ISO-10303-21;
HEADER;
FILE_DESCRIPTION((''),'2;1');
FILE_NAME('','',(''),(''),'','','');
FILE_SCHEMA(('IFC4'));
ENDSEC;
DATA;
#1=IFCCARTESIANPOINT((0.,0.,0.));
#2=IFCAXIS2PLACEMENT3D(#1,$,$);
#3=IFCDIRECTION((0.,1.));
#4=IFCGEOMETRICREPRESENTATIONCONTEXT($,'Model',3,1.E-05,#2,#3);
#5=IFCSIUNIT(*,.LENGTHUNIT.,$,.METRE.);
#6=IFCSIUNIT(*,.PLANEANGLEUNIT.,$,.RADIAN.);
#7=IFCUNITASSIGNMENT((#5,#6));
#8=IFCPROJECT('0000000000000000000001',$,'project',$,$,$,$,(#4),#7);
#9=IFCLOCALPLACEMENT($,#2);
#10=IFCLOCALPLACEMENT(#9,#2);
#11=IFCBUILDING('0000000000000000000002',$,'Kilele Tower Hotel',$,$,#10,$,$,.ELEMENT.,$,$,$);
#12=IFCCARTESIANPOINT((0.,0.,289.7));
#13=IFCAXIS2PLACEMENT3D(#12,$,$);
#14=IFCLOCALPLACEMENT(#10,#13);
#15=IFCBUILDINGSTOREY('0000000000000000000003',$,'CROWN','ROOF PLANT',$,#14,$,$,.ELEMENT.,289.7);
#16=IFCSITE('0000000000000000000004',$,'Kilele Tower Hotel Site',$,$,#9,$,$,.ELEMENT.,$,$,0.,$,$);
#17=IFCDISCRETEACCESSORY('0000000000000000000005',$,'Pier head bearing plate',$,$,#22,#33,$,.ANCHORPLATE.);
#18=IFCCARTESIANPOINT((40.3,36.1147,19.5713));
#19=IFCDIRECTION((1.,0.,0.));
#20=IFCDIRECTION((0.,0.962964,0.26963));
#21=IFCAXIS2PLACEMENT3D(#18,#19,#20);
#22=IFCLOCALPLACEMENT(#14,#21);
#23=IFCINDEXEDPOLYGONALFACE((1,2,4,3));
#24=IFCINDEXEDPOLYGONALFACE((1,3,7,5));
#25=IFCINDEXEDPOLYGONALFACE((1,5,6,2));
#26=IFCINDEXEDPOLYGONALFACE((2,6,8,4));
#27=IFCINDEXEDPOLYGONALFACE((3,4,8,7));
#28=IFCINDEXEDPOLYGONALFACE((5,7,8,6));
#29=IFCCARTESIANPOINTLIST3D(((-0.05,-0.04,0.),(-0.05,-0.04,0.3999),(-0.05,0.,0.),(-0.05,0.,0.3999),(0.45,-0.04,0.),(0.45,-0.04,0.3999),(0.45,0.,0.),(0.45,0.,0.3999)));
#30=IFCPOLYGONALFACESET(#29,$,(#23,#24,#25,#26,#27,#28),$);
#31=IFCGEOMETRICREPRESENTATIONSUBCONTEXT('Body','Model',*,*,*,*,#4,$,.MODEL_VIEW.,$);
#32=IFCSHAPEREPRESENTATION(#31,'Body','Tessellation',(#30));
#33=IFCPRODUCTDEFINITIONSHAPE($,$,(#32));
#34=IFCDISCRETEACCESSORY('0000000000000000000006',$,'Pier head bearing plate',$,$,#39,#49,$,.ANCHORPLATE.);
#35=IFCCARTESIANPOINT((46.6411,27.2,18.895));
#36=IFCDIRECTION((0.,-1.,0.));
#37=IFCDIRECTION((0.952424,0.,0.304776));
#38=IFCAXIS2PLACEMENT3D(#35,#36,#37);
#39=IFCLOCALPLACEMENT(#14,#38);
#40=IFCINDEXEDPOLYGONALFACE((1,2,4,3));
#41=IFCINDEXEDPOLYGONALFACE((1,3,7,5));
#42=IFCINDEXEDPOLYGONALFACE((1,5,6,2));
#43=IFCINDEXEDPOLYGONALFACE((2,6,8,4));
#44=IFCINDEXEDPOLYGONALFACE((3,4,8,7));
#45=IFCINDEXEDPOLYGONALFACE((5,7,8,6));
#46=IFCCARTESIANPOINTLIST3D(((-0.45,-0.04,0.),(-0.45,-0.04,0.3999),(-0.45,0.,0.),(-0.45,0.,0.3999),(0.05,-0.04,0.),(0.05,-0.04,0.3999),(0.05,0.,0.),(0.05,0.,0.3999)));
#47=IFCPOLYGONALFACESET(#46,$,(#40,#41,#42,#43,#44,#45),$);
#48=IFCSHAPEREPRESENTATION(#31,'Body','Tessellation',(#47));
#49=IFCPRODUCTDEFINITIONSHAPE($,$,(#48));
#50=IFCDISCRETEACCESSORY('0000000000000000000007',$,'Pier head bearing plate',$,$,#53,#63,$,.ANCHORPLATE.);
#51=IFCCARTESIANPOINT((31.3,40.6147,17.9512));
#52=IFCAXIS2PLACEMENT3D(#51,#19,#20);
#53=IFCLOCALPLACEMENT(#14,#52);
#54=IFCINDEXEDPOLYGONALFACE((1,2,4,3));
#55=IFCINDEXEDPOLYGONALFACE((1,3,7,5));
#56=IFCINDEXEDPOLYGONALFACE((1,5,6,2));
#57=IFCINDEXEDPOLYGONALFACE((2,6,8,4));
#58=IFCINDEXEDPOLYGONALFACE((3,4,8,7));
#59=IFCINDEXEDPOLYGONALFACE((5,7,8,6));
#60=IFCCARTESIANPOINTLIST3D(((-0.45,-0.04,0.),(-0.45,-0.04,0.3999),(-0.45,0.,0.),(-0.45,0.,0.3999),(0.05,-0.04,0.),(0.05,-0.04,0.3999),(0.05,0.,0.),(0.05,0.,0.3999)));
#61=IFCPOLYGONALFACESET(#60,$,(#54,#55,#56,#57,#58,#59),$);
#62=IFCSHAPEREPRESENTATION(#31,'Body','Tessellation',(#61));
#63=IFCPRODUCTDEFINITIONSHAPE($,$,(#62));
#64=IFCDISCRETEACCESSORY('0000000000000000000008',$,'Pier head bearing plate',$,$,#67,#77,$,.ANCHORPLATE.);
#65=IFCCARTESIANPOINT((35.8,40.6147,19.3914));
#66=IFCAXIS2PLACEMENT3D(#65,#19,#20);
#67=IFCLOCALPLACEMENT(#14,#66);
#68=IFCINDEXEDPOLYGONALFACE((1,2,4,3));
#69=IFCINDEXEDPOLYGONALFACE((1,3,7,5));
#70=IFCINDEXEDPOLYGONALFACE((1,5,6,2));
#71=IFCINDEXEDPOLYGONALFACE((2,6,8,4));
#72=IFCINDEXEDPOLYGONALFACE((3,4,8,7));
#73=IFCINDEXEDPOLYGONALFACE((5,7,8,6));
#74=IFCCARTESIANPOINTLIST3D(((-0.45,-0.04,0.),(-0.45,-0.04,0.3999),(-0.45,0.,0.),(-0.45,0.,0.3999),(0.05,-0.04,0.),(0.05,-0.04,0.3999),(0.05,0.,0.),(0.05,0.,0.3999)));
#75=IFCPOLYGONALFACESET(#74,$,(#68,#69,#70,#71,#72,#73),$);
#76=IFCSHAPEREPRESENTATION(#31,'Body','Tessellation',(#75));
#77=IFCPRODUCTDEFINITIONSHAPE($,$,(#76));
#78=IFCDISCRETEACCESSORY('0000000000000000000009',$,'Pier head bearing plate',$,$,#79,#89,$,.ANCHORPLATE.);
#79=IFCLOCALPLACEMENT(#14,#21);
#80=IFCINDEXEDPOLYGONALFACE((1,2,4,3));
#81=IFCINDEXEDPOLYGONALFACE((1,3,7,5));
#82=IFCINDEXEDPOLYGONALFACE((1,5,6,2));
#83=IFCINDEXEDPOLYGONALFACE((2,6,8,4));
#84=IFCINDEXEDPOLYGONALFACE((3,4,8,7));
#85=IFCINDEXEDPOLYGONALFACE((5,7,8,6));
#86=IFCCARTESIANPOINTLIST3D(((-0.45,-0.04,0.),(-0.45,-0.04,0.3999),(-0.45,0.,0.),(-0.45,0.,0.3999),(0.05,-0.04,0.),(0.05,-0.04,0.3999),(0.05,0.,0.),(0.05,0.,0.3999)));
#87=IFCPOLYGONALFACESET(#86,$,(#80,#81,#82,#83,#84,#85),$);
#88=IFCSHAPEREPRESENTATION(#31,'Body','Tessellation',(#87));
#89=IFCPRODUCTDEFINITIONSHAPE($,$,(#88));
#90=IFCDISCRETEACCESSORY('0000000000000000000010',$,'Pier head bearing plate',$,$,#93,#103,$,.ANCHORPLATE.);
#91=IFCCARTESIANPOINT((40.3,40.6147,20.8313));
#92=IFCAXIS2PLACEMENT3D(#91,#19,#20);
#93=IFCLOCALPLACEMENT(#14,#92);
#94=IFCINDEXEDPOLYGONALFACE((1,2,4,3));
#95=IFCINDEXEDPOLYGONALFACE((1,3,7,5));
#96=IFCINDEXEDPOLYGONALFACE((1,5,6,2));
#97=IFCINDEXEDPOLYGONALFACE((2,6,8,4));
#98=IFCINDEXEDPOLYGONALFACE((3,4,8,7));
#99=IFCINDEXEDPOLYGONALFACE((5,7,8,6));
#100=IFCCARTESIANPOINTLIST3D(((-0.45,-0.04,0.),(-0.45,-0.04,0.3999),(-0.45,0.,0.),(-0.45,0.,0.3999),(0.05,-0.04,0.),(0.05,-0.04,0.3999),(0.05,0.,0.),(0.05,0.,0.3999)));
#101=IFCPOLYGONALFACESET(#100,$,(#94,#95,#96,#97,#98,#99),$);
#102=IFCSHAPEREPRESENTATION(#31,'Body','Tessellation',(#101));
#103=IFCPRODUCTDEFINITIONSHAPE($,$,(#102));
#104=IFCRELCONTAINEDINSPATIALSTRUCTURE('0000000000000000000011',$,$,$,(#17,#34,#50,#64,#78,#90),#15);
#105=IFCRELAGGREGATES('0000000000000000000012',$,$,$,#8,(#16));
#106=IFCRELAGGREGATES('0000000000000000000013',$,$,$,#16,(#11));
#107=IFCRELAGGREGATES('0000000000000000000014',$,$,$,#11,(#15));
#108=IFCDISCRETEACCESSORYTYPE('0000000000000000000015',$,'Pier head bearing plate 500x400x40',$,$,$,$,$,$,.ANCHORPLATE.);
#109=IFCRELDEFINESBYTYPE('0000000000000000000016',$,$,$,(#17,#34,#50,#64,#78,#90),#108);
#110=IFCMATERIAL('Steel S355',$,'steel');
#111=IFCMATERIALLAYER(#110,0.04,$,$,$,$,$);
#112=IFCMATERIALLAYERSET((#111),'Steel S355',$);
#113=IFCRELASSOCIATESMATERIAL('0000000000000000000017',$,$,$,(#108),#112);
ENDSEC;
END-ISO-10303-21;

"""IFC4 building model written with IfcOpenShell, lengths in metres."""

from ifc_helpers import new_model, si_unit, direction, frame, origin, place, context, subcontext, project, spatial, polyline, outline, extrude, source, transform, mapped, material, layer, layer_set, type_object, element, save


model = new_model("IFC4")

# Units and contexts
model_context = context("Model", 3, precision=1e-05, world=origin(), true_north=direction((0.0, 1.0)))
body_context = subcontext(model_context, "Body", "Model", "MODEL_VIEW")
ifc_project = project(units=[si_unit("LENGTHUNIT", "METRE"), si_unit("PLANEANGLEUNIT", "RADIAN")], contexts=[model_context])

# Site, building, storey
site_placement = place(None, origin())
site = spatial("IfcSite", under=ifc_project, at=site_placement, Name="Kilele Tower Hotel Site", CompositionType="ELEMENT", RefElevation=0.0)
building_placement = place(site_placement, origin())
building = spatial("IfcBuilding", under=site, at=building_placement, Name="Kilele Tower Hotel", CompositionType="ELEMENT")
storey_placement = place(building_placement, frame((0.0, 0.0, 289.7)))
storey = spatial("IfcBuildingStorey", under=building, at=storey_placement, Name="CROWN", Description="ROOF PLANT", CompositionType="ELEMENT", Elevation=289.7)

# Discrete accessories
ifc_material_1 = material(Name="Steel S355", Category="steel")
ifc_layer = layer(ifc_material_1, 0.04)
ifc_layer_set = layer_set([ifc_layer], Name="Steel S355")
discrete_accessory_type = type_object("IfcDiscreteAccessoryType", Name="Pier head bearing plate 500x400x40", PredefinedType="ANCHORPLATE", material=ifc_layer_set)
shared_shape_1 = source(origin(), body_context, "Body", "SweptSolid", [
    extrude(outline(polyline([(-0.05, -0.04), (0.45, -0.04), (0.45, 0.0), (-0.05, 0.0), (-0.05, -0.04)])), origin(), (0.0, 0.0, 1.0), 0.3999),
])
discrete_accessory_placement = place(storey_placement, frame((40.3, 36.1147, 19.5713), z_axis=(1.0, 0.0, 0.0), x_axis=(0.0, 0.962964, 0.26963)))
element("IfcDiscreteAccessory", 1, at=discrete_accessory_placement, inside=storey, type_object=discrete_accessory_type, Name="Pier head bearing plate", PredefinedType="ANCHORPLATE", context=body_context, shape_type="MappedRepresentation", body=[
    mapped(shared_shape_1, transform((0.0, 0.0, 0.0))),
])
shared_shape_2 = source(origin(), body_context, "Body", "SweptSolid", [
    extrude(outline(polyline([(-0.45, -0.04), (0.05, -0.04), (0.05, 0.0), (-0.45, 0.0), (-0.45, -0.04)])), origin(), (0.0, 0.0, 1.0), 0.3999),
])
for number, where, z_axis, x_axis, name in (
    (2, (46.6411, 27.2, 18.895), (0.0, -1.0, 0.0), (0.952424, 0.0, 0.304776), "Pier head bearing plate"),
    (3, (31.3, 40.6147, 17.9512), (1.0, 0.0, 0.0), (0.0, 0.962964, 0.26963), "Pier head bearing plate"),
    (4, (35.8, 40.6147, 19.3914), (1.0, 0.0, 0.0), (0.0, 0.962964, 0.26963), "Pier head bearing plate"),
    (5, (40.3, 36.1147, 19.5713), (1.0, 0.0, 0.0), (0.0, 0.962964, 0.26963), "Pier head bearing plate"),
    (6, (40.3, 40.6147, 20.8313), (1.0, 0.0, 0.0), (0.0, 0.962964, 0.26963), "Pier head bearing plate"),
):
    element("IfcDiscreteAccessory", number, at=place(storey_placement, frame(where, z_axis=z_axis, x_axis=x_axis)), inside=storey, type_object=discrete_accessory_type, Name=name, PredefinedType="ANCHORPLATE", context=body_context, shape_type="MappedRepresentation", body=[
        mapped(shared_shape_2, transform((0.0, 0.0, 0.0))),
    ])

save(model, "model.ifc")
